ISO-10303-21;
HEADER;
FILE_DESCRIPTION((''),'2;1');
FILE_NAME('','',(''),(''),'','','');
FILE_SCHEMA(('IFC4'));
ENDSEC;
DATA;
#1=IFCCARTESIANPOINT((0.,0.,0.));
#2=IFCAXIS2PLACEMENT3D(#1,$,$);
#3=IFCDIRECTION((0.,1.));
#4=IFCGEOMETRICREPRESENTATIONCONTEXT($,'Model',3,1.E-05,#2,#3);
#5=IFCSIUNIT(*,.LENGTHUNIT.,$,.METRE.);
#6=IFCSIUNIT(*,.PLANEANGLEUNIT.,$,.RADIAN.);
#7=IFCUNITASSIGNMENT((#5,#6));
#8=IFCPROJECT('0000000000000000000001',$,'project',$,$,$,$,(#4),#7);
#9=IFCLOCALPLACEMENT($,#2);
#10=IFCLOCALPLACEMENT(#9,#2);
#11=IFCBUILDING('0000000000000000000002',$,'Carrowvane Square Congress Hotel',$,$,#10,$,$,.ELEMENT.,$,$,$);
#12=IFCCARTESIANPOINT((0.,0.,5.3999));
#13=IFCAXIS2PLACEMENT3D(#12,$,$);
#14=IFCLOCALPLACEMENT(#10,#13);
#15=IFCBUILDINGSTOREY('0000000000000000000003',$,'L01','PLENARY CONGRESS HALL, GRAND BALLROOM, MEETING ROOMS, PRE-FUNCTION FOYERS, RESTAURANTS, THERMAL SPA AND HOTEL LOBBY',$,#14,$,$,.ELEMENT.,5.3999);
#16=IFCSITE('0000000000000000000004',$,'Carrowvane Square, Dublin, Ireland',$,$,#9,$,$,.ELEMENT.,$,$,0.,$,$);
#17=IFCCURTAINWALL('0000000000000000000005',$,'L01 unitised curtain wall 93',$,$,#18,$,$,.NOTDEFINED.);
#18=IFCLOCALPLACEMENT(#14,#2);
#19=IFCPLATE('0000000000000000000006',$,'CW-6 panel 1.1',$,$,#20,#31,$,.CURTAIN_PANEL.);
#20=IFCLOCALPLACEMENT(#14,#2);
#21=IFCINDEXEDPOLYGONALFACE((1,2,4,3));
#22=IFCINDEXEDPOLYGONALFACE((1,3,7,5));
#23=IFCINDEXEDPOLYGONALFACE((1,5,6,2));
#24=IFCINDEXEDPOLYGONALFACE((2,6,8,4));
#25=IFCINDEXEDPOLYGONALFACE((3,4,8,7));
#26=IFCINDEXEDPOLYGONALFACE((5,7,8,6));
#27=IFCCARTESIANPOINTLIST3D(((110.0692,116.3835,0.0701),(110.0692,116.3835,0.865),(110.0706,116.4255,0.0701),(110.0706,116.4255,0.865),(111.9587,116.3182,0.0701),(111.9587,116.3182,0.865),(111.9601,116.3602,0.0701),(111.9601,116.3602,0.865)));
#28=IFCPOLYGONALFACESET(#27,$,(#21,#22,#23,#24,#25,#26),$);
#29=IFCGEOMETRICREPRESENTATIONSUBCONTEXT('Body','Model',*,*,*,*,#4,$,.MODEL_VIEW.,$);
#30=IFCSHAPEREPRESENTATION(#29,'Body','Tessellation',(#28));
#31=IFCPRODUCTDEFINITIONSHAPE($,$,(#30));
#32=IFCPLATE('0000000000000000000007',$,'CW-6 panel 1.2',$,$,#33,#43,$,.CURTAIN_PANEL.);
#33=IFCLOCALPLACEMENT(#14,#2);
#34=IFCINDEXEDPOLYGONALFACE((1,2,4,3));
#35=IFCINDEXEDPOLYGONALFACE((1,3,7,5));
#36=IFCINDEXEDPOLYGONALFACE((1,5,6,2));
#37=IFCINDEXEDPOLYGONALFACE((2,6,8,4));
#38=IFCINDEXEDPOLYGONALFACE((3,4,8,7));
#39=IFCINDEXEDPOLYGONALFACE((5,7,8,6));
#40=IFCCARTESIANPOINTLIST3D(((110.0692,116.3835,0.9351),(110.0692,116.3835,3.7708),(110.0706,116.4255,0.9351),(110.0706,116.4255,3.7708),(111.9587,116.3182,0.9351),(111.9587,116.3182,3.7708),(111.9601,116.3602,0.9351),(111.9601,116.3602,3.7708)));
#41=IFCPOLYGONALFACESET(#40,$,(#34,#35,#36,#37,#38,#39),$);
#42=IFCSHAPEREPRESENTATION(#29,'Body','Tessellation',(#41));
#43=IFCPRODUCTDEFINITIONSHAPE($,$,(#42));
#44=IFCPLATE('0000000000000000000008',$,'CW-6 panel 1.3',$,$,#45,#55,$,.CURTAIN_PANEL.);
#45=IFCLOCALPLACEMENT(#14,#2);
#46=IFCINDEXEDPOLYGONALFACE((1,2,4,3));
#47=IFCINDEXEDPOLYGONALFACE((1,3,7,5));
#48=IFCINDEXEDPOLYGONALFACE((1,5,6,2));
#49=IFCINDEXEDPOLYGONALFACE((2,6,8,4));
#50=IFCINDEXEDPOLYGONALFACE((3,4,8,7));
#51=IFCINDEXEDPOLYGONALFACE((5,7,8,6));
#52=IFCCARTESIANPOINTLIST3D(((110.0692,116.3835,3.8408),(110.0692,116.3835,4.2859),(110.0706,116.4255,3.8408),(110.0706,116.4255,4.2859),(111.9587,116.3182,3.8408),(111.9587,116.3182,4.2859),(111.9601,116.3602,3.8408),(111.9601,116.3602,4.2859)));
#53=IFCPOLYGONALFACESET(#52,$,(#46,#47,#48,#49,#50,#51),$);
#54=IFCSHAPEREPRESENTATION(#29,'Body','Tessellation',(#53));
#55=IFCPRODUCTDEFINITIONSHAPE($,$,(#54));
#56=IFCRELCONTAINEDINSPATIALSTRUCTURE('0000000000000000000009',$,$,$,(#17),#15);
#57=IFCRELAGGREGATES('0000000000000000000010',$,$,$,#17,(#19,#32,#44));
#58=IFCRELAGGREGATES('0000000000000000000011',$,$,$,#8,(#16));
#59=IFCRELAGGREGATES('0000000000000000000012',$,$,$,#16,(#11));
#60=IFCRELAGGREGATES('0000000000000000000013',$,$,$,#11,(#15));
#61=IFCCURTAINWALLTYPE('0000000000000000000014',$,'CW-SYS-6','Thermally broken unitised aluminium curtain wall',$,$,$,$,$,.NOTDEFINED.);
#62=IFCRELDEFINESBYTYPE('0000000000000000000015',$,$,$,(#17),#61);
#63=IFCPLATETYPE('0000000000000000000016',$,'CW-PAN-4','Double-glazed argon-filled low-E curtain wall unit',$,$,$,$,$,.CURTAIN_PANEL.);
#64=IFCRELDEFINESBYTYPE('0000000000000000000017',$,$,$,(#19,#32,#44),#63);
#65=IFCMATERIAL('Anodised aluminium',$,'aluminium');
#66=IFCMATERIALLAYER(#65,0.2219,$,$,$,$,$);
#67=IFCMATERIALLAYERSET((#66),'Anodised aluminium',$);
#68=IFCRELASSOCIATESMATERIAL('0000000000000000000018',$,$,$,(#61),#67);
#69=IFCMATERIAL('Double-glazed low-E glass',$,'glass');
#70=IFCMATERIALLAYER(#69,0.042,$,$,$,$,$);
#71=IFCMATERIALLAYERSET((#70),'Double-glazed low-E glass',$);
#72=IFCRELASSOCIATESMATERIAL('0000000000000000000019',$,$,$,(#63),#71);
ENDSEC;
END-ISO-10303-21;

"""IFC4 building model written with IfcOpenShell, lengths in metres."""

from ifc_helpers import new_model, si_unit, direction, frame, origin, origin_2d, place, context, subcontext, project, spatial, rectangle, extrude, material, layer, layer_set, type_object, element, aggregate, save


model = new_model("IFC4")

# Units and contexts
model_context = context("Model", 3, precision=1e-05, world=origin(), true_north=direction((0.0, 1.0)))
body_context = subcontext(model_context, "Body", "Model", "MODEL_VIEW")
ifc_project = project(units=[si_unit("LENGTHUNIT", "METRE"), si_unit("PLANEANGLEUNIT", "RADIAN")], contexts=[model_context])

# Site, building, storey
site_placement = place(None, origin())
site = spatial("IfcSite", under=ifc_project, at=site_placement, Name="Carrowvane Square, Dublin, Ireland", CompositionType="ELEMENT", RefElevation=0.0)
building_placement = place(site_placement, origin())
building = spatial("IfcBuilding", under=site, at=building_placement, Name="Carrowvane Square Congress Hotel", CompositionType="ELEMENT")
storey_placement = place(building_placement, frame((0.0, 0.0, 5.3999)))
storey = spatial("IfcBuildingStorey", under=building, at=storey_placement, Name="L01", Description="PLENARY CONGRESS HALL, GRAND BALLROOM, MEETING ROOMS, PRE-FUNCTION FOYERS, RESTAURANTS, THERMAL SPA AND HOTEL LOBBY", CompositionType="ELEMENT", Elevation=5.3999)

# Curtain wall
ifc_material_1 = material(Name="Anodised aluminium", Category="aluminium")
ifc_layer_1 = layer(ifc_material_1, 0.2219)
ifc_layer_set_1 = layer_set([ifc_layer_1], Name="Anodised aluminium")
curtain_wall_type_1 = type_object("IfcCurtainWallType", Name="CW-SYS-6", Description="Thermally broken unitised aluminium curtain wall", PredefinedType="NOTDEFINED", material=ifc_layer_set_1)
curtain_wall_1_placement = place(storey_placement, origin())
curtain_wall_1 = element("IfcCurtainWall", 1, at=curtain_wall_1_placement, inside=storey, type_object=curtain_wall_type_1, Name="L01 unitised curtain wall 93", PredefinedType="NOTDEFINED")

# Plates
ifc_material_2 = material(Name="Double-glazed low-E glass", Category="glass")
ifc_layer_2 = layer(ifc_material_2, 0.042)
ifc_layer_set_2 = layer_set([ifc_layer_2], Name="Double-glazed low-E glass")
plate_type_1 = type_object("IfcPlateType", Name="CW-PAN-4", Description="Double-glazed argon-filled low-E curtain wall unit", PredefinedType="CURTAIN_PANEL", material=ifc_layer_set_2)
plate_1_placement = place(storey_placement, frame((111.0146, 116.3718, 0.0701), z_axis=(0.0, 0.0, 1.0), x_axis=(0.999404, -0.03453, 0.0)))
plate_1 = element("IfcPlate", 2, at=plate_1_placement, type_object=plate_type_1, Name="CW-6 panel 1.1", PredefinedType="CURTAIN_PANEL", context=body_context, shape_type="SweptSolid", body=[
    extrude(rectangle(XDim=1.8906, YDim=0.042, at=origin_2d()), origin(), (0.0, 0.0, 1.0), 0.7949),
])
plate_2_placement = place(storey_placement, frame((111.0146, 116.3718, 0.9351), z_axis=(0.0, 0.0, 1.0), x_axis=(0.999404, -0.03453, 0.0)))
plate_2 = element("IfcPlate", 3, at=plate_2_placement, type_object=plate_type_1, Name="CW-6 panel 1.2", PredefinedType="CURTAIN_PANEL", context=body_context, shape_type="SweptSolid", body=[
    extrude(rectangle(XDim=1.8906, YDim=0.042, at=origin_2d()), origin(), (0.0, 0.0, 1.0), 2.8357),
])
plate_3_placement = place(storey_placement, frame((111.0146, 116.3718, 3.8408), z_axis=(0.0, 0.0, 1.0), x_axis=(0.999404, -0.03453, 0.0)))
plate_3 = element("IfcPlate", 4, at=plate_3_placement, type_object=plate_type_1, Name="CW-6 panel 1.3", PredefinedType="CURTAIN_PANEL", context=body_context, shape_type="SweptSolid", body=[
    extrude(rectangle(XDim=1.8906, YDim=0.042, at=origin_2d()), origin(), (0.0, 0.0, 1.0), 0.4451),
])
aggregate(curtain_wall_1, [plate_1, plate_2, plate_3])

save(model, "model.ifc")
